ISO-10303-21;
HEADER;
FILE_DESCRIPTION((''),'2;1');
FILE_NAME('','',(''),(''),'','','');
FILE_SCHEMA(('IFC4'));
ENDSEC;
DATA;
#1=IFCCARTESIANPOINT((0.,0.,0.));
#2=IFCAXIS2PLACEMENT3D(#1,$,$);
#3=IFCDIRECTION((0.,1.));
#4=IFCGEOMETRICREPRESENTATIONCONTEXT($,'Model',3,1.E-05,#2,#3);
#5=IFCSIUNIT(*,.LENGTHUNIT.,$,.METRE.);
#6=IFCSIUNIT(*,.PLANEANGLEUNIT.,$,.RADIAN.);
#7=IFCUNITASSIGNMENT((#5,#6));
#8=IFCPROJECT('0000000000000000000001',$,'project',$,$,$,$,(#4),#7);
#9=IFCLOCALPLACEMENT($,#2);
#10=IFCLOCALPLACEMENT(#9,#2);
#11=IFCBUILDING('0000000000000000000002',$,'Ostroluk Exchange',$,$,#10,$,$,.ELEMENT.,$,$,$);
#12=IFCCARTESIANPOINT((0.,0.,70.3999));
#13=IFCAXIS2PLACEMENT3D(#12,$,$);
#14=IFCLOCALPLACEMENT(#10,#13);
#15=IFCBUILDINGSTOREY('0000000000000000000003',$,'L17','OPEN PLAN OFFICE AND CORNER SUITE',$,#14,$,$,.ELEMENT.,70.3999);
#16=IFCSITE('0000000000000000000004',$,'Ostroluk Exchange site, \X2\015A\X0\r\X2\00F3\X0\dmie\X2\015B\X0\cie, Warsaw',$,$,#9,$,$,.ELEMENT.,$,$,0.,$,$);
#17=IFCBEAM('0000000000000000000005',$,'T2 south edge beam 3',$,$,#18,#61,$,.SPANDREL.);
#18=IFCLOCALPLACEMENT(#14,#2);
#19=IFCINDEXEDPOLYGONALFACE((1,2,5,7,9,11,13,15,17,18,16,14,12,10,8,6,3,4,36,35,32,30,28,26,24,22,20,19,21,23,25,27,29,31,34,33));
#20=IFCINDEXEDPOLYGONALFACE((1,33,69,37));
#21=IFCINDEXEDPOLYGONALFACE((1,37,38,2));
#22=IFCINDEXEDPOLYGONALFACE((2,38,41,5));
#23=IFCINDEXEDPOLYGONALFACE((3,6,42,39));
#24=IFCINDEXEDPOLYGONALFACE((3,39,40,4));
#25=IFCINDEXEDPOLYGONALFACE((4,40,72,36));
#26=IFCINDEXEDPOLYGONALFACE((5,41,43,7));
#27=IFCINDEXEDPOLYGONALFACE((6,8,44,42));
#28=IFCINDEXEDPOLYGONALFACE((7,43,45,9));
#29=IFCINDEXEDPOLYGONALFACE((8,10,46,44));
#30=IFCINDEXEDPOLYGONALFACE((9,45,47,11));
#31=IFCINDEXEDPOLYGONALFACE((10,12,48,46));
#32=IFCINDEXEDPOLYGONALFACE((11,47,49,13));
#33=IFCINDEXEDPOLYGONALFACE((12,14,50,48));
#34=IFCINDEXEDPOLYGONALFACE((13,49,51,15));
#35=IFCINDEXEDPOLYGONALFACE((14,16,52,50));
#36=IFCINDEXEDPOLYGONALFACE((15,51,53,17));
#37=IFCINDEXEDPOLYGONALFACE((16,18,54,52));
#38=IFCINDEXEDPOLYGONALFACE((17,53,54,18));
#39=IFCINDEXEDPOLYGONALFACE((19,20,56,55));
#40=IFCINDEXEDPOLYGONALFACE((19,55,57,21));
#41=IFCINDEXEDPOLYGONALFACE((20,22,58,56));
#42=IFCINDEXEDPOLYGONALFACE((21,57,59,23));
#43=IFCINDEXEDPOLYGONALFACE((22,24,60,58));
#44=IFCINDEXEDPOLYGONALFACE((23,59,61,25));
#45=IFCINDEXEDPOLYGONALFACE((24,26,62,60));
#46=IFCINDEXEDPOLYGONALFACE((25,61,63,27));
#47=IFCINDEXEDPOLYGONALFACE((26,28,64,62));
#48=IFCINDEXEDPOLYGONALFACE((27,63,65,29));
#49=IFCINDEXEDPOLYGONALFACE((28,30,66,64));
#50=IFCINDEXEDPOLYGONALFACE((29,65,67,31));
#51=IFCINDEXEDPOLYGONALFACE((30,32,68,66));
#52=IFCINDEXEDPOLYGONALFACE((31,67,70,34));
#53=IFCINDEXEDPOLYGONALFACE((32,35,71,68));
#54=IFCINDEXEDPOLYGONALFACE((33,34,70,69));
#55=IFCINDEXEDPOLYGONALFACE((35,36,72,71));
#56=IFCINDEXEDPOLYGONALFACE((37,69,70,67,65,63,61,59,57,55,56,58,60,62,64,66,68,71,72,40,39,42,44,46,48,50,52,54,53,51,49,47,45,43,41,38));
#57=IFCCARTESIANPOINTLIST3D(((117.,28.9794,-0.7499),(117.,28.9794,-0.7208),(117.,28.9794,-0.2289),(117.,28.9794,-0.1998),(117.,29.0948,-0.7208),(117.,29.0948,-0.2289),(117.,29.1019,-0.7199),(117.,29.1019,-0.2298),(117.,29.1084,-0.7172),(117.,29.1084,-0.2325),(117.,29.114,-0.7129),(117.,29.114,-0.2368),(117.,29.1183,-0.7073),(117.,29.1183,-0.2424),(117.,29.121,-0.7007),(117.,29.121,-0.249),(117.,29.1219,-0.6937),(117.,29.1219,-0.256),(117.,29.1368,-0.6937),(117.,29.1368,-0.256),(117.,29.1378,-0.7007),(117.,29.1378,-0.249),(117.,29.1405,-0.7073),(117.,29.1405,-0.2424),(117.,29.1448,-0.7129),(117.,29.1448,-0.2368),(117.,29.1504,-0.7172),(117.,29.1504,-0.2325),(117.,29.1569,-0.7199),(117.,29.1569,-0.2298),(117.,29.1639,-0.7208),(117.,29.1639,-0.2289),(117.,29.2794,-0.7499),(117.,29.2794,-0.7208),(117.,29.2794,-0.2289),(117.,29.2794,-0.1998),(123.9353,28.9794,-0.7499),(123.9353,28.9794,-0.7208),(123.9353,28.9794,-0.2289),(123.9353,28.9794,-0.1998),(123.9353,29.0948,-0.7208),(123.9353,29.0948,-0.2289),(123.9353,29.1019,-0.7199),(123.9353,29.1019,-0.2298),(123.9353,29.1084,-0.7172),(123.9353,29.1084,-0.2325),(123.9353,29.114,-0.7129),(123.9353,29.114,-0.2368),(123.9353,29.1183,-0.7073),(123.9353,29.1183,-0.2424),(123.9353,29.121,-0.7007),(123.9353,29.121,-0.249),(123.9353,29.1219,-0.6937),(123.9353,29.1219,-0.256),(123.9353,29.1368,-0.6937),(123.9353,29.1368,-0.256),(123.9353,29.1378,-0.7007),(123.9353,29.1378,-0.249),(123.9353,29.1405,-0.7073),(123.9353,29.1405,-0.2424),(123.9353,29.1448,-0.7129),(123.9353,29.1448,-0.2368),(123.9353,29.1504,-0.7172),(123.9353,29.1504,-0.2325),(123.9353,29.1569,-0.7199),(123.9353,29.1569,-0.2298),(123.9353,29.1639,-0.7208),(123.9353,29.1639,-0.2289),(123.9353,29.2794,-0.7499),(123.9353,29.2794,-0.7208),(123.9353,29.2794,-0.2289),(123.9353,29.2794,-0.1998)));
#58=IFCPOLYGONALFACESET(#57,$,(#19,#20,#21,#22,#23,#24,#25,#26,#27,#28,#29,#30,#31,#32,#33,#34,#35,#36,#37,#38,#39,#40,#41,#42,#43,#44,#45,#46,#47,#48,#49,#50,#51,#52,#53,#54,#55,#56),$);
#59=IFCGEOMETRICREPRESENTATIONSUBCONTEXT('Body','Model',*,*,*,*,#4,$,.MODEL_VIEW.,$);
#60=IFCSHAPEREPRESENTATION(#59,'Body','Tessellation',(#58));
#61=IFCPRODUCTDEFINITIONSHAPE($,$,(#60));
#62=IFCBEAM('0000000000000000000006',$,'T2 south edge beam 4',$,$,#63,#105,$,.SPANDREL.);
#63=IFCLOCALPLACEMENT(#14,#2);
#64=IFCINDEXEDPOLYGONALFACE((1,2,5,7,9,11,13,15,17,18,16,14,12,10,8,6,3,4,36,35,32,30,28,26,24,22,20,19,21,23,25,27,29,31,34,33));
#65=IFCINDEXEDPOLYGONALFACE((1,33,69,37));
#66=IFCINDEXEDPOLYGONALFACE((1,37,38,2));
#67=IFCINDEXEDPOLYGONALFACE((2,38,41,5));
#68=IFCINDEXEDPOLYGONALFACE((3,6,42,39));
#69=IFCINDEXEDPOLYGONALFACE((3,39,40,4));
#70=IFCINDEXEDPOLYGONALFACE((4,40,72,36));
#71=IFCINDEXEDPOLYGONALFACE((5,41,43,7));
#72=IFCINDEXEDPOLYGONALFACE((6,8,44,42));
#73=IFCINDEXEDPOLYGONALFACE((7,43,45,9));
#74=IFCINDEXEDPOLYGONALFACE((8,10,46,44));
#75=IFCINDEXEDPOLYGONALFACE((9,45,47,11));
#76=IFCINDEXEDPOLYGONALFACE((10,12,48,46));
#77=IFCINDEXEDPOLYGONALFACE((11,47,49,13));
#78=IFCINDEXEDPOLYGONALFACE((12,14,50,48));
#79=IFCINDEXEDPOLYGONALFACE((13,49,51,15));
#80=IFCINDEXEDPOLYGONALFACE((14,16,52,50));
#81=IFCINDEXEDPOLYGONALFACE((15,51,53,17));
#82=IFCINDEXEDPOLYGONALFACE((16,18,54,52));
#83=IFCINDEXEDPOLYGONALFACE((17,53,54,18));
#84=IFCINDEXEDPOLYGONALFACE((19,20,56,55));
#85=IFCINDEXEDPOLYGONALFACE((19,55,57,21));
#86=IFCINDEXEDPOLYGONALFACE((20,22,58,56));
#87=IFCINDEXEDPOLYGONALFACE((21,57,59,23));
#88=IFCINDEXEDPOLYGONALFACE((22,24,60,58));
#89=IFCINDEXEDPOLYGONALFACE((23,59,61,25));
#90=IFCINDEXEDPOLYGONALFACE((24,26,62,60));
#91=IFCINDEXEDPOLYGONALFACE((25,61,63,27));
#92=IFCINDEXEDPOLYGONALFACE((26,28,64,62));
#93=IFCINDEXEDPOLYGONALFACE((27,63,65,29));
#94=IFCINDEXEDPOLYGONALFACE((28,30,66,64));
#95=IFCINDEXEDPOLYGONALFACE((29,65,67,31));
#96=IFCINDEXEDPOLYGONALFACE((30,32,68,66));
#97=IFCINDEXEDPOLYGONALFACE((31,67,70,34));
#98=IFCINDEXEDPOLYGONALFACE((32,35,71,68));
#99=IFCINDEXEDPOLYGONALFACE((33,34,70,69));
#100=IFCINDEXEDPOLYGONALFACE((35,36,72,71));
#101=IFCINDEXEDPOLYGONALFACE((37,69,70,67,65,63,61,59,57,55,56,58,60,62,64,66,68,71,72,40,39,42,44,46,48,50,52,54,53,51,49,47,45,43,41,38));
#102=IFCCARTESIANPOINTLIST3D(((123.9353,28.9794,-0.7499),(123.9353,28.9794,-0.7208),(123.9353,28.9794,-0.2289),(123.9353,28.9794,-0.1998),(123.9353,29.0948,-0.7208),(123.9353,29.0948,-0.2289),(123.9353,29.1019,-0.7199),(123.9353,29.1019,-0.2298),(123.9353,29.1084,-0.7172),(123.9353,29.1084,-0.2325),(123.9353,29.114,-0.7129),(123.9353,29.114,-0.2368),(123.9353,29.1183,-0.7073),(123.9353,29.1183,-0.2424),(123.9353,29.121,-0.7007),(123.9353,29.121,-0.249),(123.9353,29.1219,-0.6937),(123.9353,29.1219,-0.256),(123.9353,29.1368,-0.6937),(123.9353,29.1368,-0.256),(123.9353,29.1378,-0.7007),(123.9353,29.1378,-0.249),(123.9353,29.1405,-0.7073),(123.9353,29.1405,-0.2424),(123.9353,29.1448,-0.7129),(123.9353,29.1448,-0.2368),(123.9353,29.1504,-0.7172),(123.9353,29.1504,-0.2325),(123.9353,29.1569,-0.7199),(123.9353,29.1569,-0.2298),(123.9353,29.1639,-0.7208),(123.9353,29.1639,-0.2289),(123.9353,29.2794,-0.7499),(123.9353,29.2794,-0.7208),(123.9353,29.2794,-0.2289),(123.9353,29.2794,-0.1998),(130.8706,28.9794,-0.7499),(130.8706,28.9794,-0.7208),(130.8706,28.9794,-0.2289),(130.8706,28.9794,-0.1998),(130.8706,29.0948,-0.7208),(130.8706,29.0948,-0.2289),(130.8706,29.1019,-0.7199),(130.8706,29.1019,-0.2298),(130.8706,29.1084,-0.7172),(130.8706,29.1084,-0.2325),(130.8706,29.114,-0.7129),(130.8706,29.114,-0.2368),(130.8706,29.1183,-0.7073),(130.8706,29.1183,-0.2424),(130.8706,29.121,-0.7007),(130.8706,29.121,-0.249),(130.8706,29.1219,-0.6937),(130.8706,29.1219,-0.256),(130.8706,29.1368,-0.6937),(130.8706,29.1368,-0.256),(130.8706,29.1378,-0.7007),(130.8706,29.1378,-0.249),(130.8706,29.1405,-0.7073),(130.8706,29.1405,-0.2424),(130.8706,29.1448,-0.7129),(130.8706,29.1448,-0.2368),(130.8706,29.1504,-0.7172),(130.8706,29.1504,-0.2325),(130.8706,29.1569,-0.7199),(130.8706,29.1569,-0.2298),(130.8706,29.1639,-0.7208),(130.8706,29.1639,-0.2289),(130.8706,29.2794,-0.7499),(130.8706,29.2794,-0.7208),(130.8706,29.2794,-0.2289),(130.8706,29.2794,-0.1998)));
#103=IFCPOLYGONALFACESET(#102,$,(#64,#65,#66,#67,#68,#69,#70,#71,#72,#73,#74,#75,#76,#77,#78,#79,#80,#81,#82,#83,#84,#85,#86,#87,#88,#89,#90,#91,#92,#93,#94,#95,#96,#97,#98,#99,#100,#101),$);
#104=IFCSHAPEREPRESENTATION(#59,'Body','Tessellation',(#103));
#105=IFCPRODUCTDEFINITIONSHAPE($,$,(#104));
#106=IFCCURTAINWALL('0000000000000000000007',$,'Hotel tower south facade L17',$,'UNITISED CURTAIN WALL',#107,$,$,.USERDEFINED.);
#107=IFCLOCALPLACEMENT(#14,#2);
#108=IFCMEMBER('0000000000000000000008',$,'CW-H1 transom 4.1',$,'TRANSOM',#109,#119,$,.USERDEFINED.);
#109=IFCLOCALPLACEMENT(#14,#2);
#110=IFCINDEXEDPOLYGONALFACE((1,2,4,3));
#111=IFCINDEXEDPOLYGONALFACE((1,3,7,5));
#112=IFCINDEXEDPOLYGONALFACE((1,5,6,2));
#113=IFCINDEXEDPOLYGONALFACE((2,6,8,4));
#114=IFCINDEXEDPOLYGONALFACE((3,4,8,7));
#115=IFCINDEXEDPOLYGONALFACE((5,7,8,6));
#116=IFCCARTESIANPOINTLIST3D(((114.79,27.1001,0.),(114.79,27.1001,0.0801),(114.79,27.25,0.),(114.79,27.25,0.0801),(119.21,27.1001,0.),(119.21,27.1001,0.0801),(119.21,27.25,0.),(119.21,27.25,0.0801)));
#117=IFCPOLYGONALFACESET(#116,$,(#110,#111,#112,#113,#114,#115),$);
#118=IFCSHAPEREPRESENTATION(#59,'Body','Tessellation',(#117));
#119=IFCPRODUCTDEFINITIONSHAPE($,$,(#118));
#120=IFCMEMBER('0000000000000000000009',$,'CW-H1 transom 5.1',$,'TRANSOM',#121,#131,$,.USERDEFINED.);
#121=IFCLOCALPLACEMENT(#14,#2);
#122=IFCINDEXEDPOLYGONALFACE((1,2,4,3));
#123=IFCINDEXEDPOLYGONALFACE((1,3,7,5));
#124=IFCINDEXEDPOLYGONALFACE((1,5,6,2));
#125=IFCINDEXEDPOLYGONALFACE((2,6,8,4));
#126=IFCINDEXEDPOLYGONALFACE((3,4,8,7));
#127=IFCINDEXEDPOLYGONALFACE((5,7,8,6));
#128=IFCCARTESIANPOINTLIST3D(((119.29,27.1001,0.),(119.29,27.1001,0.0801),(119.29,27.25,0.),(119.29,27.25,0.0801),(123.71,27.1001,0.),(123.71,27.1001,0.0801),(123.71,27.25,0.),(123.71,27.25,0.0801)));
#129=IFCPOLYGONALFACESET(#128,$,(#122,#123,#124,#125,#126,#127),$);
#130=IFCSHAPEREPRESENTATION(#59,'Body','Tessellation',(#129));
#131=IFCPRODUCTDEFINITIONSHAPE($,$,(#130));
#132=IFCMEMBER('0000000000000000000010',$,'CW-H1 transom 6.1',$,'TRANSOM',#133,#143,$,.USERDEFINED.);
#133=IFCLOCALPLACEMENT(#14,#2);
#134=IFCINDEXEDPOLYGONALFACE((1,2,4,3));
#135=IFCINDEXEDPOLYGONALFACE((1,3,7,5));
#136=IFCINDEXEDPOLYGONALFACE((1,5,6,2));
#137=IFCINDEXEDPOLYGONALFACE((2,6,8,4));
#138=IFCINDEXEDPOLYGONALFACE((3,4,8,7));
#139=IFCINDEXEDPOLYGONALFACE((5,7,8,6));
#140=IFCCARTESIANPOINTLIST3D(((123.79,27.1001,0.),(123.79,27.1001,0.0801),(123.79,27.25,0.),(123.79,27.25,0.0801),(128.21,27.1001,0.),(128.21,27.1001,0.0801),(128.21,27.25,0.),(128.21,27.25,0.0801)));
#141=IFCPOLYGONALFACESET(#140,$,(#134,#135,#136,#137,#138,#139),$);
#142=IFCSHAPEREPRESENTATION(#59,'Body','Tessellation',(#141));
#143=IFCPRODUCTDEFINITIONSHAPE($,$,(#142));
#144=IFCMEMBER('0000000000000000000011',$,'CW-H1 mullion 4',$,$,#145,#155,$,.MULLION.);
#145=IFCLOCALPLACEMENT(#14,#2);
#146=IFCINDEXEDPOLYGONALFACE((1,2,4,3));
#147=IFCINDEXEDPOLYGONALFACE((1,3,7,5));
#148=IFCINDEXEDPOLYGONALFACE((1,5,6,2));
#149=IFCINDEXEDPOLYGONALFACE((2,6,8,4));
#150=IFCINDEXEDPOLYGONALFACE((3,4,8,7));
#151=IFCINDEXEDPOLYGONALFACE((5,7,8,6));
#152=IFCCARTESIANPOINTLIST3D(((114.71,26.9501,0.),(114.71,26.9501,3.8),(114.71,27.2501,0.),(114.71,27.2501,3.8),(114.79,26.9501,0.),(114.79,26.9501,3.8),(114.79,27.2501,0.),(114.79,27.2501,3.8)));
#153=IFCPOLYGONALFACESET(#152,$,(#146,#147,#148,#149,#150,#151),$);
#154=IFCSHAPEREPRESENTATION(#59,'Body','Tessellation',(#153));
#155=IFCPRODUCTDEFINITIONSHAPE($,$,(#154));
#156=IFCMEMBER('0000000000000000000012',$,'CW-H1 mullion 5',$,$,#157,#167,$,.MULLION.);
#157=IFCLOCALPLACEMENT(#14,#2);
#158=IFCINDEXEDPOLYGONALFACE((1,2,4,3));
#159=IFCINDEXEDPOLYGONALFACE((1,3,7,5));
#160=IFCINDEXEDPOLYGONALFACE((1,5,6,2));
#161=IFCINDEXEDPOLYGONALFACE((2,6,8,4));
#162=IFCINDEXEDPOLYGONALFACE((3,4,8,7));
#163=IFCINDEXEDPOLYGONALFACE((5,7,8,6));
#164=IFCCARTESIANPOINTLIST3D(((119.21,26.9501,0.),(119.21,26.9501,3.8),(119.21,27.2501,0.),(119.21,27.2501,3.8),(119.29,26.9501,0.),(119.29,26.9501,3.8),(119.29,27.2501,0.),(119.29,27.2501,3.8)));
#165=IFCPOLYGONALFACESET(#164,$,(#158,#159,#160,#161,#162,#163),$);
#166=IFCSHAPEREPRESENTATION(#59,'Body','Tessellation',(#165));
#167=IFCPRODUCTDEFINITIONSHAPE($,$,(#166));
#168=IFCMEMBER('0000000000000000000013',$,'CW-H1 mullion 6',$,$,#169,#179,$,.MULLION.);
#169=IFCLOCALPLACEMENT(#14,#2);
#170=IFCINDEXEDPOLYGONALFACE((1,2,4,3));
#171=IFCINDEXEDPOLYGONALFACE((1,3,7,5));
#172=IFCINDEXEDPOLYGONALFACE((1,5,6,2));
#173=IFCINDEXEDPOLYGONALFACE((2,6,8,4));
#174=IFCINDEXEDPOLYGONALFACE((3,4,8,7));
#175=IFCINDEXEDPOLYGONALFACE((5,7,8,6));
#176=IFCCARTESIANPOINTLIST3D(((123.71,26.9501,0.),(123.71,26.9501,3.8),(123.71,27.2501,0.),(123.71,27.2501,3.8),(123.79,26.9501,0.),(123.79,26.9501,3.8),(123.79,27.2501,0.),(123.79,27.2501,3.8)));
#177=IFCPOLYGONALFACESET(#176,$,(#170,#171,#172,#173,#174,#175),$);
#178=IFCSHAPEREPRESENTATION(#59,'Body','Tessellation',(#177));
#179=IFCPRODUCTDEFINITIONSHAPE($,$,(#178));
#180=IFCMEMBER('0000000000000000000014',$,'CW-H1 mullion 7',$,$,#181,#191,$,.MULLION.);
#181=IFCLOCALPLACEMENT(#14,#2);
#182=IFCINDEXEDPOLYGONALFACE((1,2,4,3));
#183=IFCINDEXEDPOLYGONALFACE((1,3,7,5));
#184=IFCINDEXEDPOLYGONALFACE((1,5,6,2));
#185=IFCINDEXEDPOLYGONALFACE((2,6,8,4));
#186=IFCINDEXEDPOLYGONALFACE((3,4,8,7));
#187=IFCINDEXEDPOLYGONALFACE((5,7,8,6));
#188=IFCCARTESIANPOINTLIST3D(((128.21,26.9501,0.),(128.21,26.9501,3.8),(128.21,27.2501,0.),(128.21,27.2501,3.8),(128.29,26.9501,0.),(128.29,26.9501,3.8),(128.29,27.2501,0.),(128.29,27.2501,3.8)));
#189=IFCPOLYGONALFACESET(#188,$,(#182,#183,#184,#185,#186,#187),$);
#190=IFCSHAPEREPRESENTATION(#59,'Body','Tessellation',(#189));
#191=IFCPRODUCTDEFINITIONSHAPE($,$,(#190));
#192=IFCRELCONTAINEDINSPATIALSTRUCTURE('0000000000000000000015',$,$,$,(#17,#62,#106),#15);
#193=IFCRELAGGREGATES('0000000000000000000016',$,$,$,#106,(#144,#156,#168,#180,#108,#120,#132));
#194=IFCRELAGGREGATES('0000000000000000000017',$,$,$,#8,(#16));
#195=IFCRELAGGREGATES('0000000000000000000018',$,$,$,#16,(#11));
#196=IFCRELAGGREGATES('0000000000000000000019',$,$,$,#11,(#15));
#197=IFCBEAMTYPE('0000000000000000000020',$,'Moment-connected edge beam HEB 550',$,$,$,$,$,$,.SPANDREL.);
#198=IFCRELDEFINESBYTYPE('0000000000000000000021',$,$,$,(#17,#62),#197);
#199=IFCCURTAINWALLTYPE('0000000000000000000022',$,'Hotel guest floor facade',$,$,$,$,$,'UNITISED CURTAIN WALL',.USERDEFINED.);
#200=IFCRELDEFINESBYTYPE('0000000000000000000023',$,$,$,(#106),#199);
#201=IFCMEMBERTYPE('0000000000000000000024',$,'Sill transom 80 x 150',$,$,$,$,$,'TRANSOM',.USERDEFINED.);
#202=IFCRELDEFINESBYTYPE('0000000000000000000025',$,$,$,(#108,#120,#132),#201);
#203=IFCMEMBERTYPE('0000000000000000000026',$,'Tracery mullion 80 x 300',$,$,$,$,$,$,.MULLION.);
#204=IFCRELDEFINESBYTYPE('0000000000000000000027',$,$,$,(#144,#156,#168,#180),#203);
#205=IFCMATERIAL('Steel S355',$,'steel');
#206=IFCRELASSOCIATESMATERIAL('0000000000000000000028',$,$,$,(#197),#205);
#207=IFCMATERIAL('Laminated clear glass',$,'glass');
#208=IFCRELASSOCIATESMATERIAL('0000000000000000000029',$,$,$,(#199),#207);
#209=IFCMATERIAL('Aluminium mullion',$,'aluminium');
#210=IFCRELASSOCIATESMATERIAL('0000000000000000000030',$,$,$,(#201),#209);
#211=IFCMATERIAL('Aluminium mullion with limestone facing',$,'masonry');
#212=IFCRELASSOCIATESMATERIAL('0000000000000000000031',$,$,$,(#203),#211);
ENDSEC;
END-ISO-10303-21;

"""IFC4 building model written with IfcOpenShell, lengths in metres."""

from ifc_helpers import new_model, si_unit, direction, frame, origin, origin_2d, place, context, subcontext, project, spatial, rectangle, i_section, extrude, material, material_profile, profile_set, type_object, element, aggregate, save


model = new_model("IFC4")

# Units and contexts
model_context = context("Model", 3, precision=1e-05, world=origin(), true_north=direction((0.0, 1.0)))
body_context = subcontext(model_context, "Body", "Model", "MODEL_VIEW")
ifc_project = project(units=[si_unit("LENGTHUNIT", "METRE"), si_unit("PLANEANGLEUNIT", "RADIAN")], contexts=[model_context])

# Site, building, storey
site_placement = place(None, origin())
site = spatial("IfcSite", under=ifc_project, at=site_placement, Name="Ostroluk Exchange site, Śródmieście, Warsaw", CompositionType="ELEMENT", RefElevation=0.0)
building_placement = place(site_placement, origin())
building = spatial("IfcBuilding", under=site, at=building_placement, Name="Ostroluk Exchange", CompositionType="ELEMENT")
storey_placement = place(building_placement, frame((0.0, 0.0, 70.3999)))
storey = spatial("IfcBuildingStorey", under=building, at=storey_placement, Name="L17", Description="OPEN PLAN OFFICE AND CORNER SUITE", CompositionType="ELEMENT", Elevation=70.3999)

# Beams
ifc_material_1 = material(Name="Steel S355", Category="steel")
ifc_material_profile_1 = material_profile(ifc_material_1, i_section(OverallWidth=0.3, OverallDepth=0.55, WebThickness=0.0149, FlangeThickness=0.0291, FilletRadius=0.0271, at=origin_2d()), Name="HEB 550")
ifc_profile_set_1 = profile_set([ifc_material_profile_1], Name="Steel S355")
beam_type = type_object("IfcBeamType", Name="Moment-connected edge beam HEB 550", PredefinedType="SPANDREL", material=ifc_profile_set_1)
for number, where, z_axis, x_axis, name in (
    (1, (117.0, 29.1294, -0.4749), (1.0, 0.0, 0.0), (0.0, 1.0, 0.0), "T2 south edge beam 3"),
    (2, (123.9353, 29.1294, -0.4749), (1.0, 0.0, 0.0), (0.0, 1.0, 0.0), "T2 south edge beam 4"),
):
    element("IfcBeam", number, at=place(storey_placement, frame(where, z_axis=z_axis, x_axis=x_axis)), inside=storey, type_object=beam_type, Name=name, PredefinedType="SPANDREL", context=body_context, shape_type="SweptSolid", body=[
        extrude(i_section(OverallWidth=0.3, OverallDepth=0.55, WebThickness=0.0149, FlangeThickness=0.0291, FilletRadius=0.0271, at=origin_2d()), origin(), (0.0, 0.0, 1.0), 6.9353),
    ])

# Curtain wall, members
ifc_material_2 = material(Name="Laminated clear glass", Category="glass")
curtain_wall_type = type_object("IfcCurtainWallType", Name="Hotel guest floor facade", ElementType="UNITISED CURTAIN WALL", PredefinedType="USERDEFINED", material=ifc_material_2)
curtain_wall_placement = place(storey_placement, origin())
curtain_wall = element("IfcCurtainWall", 3, at=curtain_wall_placement, inside=storey, type_object=curtain_wall_type, Name="Hotel tower south facade L17", ObjectType="UNITISED CURTAIN WALL", PredefinedType="USERDEFINED")
ifc_material_3 = material(Name="Aluminium mullion", Category="aluminium")
ifc_material_profile_2 = material_profile(ifc_material_3, rectangle(XDim=0.1499, YDim=0.0801, at=origin_2d()), Name="Sill transom 80 x 150")
ifc_profile_set_2 = profile_set([ifc_material_profile_2], Name="Aluminium mullion")
member_type_1 = type_object("IfcMemberType", Name="Sill transom 80 x 150", ElementType="TRANSOM", PredefinedType="USERDEFINED", material=ifc_profile_set_2)
member_1_placement = place(storey_placement, frame((114.79, 27.175, 0.04), z_axis=(1.0, 0.0, 0.0), x_axis=(0.0, 1.0, 0.0)))
member_1 = element("IfcMember", 4, at=member_1_placement, type_object=member_type_1, Name="CW-H1 transom 4.1", ObjectType="TRANSOM", PredefinedType="USERDEFINED", context=body_context, shape_type="SweptSolid", body=[
    extrude(rectangle(XDim=0.1499, YDim=0.0801, at=origin_2d()), origin(), (0.0, 0.0, 1.0), 4.4199),
])
member_2_placement = place(storey_placement, frame((119.29, 27.175, 0.04), z_axis=(1.0, 0.0, 0.0), x_axis=(0.0, 1.0, 0.0)))
member_2 = element("IfcMember", 5, at=member_2_placement, type_object=member_type_1, Name="CW-H1 transom 5.1", ObjectType="TRANSOM", PredefinedType="USERDEFINED", context=body_context, shape_type="SweptSolid", body=[
    extrude(rectangle(XDim=0.1499, YDim=0.0801, at=origin_2d()), origin(), (0.0, 0.0, 1.0), 4.4199),
])
member_3_placement = place(storey_placement, frame((123.79, 27.175, 0.04), z_axis=(1.0, 0.0, 0.0), x_axis=(0.0, 1.0, 0.0)))
member_3 = element("IfcMember", 6, at=member_3_placement, type_object=member_type_1, Name="CW-H1 transom 6.1", ObjectType="TRANSOM", PredefinedType="USERDEFINED", context=body_context, shape_type="SweptSolid", body=[
    extrude(rectangle(XDim=0.1499, YDim=0.0801, at=origin_2d()), origin(), (0.0, 0.0, 1.0), 4.4199),
])
ifc_material_4 = material(Name="Aluminium mullion with limestone facing", Category="masonry")
ifc_material_profile_3 = material_profile(ifc_material_4, rectangle(XDim=0.3, YDim=0.0801, at=origin_2d()), Name="Tracery mullion 80 x 300")
ifc_profile_set_3 = profile_set([ifc_material_profile_3], Name="Aluminium mullion with limestone facing")
member_type_2 = type_object("IfcMemberType", Name="Tracery mullion 80 x 300", PredefinedType="MULLION", material=ifc_profile_set_3)
member_4_placement = place(storey_placement, frame((114.75, 27.1001, 0.0), z_axis=(0.0, 0.0, 1.0), x_axis=(0.0, 1.0, 0.0)))
member_4 = element("IfcMember", 7, at=member_4_placement, type_object=member_type_2, Name="CW-H1 mullion 4", PredefinedType="MULLION", context=body_context, shape_type="SweptSolid", body=[
    extrude(rectangle(XDim=0.3, YDim=0.0801, at=origin_2d()), origin(), (0.0, 0.0, 1.0), 3.8),
])
member_5_placement = place(storey_placement, frame((119.25, 27.1001, 0.0), z_axis=(0.0, 0.0, 1.0), x_axis=(0.0, 1.0, 0.0)))
member_5 = element("IfcMember", 8, at=member_5_placement, type_object=member_type_2, Name="CW-H1 mullion 5", PredefinedType="MULLION", context=body_context, shape_type="SweptSolid", body=[
    extrude(rectangle(XDim=0.3, YDim=0.0801, at=origin_2d()), origin(), (0.0, 0.0, 1.0), 3.8),
])
member_6_placement = place(storey_placement, frame((123.75, 27.1001, 0.0), z_axis=(0.0, 0.0, 1.0), x_axis=(0.0, 1.0, 0.0)))
member_6 = element("IfcMember", 9, at=member_6_placement, type_object=member_type_2, Name="CW-H1 mullion 6", PredefinedType="MULLION", context=body_context, shape_type="SweptSolid", body=[
    extrude(rectangle(XDim=0.3, YDim=0.0801, at=origin_2d()), origin(), (0.0, 0.0, 1.0), 3.8),
])
member_7_placement = place(storey_placement, frame((128.25, 27.1001, 0.0), z_axis=(0.0, 0.0, 1.0), x_axis=(0.0, 1.0, 0.0)))
member_7 = element("IfcMember", 10, at=member_7_placement, type_object=member_type_2, Name="CW-H1 mullion 7", PredefinedType="MULLION", context=body_context, shape_type="SweptSolid", body=[
    extrude(rectangle(XDim=0.3, YDim=0.0801, at=origin_2d()), origin(), (0.0, 0.0, 1.0), 3.8),
])
aggregate(curtain_wall, [member_4, member_5, member_6, member_7, member_1, member_2, member_3])

save(model, "model.ifc")
